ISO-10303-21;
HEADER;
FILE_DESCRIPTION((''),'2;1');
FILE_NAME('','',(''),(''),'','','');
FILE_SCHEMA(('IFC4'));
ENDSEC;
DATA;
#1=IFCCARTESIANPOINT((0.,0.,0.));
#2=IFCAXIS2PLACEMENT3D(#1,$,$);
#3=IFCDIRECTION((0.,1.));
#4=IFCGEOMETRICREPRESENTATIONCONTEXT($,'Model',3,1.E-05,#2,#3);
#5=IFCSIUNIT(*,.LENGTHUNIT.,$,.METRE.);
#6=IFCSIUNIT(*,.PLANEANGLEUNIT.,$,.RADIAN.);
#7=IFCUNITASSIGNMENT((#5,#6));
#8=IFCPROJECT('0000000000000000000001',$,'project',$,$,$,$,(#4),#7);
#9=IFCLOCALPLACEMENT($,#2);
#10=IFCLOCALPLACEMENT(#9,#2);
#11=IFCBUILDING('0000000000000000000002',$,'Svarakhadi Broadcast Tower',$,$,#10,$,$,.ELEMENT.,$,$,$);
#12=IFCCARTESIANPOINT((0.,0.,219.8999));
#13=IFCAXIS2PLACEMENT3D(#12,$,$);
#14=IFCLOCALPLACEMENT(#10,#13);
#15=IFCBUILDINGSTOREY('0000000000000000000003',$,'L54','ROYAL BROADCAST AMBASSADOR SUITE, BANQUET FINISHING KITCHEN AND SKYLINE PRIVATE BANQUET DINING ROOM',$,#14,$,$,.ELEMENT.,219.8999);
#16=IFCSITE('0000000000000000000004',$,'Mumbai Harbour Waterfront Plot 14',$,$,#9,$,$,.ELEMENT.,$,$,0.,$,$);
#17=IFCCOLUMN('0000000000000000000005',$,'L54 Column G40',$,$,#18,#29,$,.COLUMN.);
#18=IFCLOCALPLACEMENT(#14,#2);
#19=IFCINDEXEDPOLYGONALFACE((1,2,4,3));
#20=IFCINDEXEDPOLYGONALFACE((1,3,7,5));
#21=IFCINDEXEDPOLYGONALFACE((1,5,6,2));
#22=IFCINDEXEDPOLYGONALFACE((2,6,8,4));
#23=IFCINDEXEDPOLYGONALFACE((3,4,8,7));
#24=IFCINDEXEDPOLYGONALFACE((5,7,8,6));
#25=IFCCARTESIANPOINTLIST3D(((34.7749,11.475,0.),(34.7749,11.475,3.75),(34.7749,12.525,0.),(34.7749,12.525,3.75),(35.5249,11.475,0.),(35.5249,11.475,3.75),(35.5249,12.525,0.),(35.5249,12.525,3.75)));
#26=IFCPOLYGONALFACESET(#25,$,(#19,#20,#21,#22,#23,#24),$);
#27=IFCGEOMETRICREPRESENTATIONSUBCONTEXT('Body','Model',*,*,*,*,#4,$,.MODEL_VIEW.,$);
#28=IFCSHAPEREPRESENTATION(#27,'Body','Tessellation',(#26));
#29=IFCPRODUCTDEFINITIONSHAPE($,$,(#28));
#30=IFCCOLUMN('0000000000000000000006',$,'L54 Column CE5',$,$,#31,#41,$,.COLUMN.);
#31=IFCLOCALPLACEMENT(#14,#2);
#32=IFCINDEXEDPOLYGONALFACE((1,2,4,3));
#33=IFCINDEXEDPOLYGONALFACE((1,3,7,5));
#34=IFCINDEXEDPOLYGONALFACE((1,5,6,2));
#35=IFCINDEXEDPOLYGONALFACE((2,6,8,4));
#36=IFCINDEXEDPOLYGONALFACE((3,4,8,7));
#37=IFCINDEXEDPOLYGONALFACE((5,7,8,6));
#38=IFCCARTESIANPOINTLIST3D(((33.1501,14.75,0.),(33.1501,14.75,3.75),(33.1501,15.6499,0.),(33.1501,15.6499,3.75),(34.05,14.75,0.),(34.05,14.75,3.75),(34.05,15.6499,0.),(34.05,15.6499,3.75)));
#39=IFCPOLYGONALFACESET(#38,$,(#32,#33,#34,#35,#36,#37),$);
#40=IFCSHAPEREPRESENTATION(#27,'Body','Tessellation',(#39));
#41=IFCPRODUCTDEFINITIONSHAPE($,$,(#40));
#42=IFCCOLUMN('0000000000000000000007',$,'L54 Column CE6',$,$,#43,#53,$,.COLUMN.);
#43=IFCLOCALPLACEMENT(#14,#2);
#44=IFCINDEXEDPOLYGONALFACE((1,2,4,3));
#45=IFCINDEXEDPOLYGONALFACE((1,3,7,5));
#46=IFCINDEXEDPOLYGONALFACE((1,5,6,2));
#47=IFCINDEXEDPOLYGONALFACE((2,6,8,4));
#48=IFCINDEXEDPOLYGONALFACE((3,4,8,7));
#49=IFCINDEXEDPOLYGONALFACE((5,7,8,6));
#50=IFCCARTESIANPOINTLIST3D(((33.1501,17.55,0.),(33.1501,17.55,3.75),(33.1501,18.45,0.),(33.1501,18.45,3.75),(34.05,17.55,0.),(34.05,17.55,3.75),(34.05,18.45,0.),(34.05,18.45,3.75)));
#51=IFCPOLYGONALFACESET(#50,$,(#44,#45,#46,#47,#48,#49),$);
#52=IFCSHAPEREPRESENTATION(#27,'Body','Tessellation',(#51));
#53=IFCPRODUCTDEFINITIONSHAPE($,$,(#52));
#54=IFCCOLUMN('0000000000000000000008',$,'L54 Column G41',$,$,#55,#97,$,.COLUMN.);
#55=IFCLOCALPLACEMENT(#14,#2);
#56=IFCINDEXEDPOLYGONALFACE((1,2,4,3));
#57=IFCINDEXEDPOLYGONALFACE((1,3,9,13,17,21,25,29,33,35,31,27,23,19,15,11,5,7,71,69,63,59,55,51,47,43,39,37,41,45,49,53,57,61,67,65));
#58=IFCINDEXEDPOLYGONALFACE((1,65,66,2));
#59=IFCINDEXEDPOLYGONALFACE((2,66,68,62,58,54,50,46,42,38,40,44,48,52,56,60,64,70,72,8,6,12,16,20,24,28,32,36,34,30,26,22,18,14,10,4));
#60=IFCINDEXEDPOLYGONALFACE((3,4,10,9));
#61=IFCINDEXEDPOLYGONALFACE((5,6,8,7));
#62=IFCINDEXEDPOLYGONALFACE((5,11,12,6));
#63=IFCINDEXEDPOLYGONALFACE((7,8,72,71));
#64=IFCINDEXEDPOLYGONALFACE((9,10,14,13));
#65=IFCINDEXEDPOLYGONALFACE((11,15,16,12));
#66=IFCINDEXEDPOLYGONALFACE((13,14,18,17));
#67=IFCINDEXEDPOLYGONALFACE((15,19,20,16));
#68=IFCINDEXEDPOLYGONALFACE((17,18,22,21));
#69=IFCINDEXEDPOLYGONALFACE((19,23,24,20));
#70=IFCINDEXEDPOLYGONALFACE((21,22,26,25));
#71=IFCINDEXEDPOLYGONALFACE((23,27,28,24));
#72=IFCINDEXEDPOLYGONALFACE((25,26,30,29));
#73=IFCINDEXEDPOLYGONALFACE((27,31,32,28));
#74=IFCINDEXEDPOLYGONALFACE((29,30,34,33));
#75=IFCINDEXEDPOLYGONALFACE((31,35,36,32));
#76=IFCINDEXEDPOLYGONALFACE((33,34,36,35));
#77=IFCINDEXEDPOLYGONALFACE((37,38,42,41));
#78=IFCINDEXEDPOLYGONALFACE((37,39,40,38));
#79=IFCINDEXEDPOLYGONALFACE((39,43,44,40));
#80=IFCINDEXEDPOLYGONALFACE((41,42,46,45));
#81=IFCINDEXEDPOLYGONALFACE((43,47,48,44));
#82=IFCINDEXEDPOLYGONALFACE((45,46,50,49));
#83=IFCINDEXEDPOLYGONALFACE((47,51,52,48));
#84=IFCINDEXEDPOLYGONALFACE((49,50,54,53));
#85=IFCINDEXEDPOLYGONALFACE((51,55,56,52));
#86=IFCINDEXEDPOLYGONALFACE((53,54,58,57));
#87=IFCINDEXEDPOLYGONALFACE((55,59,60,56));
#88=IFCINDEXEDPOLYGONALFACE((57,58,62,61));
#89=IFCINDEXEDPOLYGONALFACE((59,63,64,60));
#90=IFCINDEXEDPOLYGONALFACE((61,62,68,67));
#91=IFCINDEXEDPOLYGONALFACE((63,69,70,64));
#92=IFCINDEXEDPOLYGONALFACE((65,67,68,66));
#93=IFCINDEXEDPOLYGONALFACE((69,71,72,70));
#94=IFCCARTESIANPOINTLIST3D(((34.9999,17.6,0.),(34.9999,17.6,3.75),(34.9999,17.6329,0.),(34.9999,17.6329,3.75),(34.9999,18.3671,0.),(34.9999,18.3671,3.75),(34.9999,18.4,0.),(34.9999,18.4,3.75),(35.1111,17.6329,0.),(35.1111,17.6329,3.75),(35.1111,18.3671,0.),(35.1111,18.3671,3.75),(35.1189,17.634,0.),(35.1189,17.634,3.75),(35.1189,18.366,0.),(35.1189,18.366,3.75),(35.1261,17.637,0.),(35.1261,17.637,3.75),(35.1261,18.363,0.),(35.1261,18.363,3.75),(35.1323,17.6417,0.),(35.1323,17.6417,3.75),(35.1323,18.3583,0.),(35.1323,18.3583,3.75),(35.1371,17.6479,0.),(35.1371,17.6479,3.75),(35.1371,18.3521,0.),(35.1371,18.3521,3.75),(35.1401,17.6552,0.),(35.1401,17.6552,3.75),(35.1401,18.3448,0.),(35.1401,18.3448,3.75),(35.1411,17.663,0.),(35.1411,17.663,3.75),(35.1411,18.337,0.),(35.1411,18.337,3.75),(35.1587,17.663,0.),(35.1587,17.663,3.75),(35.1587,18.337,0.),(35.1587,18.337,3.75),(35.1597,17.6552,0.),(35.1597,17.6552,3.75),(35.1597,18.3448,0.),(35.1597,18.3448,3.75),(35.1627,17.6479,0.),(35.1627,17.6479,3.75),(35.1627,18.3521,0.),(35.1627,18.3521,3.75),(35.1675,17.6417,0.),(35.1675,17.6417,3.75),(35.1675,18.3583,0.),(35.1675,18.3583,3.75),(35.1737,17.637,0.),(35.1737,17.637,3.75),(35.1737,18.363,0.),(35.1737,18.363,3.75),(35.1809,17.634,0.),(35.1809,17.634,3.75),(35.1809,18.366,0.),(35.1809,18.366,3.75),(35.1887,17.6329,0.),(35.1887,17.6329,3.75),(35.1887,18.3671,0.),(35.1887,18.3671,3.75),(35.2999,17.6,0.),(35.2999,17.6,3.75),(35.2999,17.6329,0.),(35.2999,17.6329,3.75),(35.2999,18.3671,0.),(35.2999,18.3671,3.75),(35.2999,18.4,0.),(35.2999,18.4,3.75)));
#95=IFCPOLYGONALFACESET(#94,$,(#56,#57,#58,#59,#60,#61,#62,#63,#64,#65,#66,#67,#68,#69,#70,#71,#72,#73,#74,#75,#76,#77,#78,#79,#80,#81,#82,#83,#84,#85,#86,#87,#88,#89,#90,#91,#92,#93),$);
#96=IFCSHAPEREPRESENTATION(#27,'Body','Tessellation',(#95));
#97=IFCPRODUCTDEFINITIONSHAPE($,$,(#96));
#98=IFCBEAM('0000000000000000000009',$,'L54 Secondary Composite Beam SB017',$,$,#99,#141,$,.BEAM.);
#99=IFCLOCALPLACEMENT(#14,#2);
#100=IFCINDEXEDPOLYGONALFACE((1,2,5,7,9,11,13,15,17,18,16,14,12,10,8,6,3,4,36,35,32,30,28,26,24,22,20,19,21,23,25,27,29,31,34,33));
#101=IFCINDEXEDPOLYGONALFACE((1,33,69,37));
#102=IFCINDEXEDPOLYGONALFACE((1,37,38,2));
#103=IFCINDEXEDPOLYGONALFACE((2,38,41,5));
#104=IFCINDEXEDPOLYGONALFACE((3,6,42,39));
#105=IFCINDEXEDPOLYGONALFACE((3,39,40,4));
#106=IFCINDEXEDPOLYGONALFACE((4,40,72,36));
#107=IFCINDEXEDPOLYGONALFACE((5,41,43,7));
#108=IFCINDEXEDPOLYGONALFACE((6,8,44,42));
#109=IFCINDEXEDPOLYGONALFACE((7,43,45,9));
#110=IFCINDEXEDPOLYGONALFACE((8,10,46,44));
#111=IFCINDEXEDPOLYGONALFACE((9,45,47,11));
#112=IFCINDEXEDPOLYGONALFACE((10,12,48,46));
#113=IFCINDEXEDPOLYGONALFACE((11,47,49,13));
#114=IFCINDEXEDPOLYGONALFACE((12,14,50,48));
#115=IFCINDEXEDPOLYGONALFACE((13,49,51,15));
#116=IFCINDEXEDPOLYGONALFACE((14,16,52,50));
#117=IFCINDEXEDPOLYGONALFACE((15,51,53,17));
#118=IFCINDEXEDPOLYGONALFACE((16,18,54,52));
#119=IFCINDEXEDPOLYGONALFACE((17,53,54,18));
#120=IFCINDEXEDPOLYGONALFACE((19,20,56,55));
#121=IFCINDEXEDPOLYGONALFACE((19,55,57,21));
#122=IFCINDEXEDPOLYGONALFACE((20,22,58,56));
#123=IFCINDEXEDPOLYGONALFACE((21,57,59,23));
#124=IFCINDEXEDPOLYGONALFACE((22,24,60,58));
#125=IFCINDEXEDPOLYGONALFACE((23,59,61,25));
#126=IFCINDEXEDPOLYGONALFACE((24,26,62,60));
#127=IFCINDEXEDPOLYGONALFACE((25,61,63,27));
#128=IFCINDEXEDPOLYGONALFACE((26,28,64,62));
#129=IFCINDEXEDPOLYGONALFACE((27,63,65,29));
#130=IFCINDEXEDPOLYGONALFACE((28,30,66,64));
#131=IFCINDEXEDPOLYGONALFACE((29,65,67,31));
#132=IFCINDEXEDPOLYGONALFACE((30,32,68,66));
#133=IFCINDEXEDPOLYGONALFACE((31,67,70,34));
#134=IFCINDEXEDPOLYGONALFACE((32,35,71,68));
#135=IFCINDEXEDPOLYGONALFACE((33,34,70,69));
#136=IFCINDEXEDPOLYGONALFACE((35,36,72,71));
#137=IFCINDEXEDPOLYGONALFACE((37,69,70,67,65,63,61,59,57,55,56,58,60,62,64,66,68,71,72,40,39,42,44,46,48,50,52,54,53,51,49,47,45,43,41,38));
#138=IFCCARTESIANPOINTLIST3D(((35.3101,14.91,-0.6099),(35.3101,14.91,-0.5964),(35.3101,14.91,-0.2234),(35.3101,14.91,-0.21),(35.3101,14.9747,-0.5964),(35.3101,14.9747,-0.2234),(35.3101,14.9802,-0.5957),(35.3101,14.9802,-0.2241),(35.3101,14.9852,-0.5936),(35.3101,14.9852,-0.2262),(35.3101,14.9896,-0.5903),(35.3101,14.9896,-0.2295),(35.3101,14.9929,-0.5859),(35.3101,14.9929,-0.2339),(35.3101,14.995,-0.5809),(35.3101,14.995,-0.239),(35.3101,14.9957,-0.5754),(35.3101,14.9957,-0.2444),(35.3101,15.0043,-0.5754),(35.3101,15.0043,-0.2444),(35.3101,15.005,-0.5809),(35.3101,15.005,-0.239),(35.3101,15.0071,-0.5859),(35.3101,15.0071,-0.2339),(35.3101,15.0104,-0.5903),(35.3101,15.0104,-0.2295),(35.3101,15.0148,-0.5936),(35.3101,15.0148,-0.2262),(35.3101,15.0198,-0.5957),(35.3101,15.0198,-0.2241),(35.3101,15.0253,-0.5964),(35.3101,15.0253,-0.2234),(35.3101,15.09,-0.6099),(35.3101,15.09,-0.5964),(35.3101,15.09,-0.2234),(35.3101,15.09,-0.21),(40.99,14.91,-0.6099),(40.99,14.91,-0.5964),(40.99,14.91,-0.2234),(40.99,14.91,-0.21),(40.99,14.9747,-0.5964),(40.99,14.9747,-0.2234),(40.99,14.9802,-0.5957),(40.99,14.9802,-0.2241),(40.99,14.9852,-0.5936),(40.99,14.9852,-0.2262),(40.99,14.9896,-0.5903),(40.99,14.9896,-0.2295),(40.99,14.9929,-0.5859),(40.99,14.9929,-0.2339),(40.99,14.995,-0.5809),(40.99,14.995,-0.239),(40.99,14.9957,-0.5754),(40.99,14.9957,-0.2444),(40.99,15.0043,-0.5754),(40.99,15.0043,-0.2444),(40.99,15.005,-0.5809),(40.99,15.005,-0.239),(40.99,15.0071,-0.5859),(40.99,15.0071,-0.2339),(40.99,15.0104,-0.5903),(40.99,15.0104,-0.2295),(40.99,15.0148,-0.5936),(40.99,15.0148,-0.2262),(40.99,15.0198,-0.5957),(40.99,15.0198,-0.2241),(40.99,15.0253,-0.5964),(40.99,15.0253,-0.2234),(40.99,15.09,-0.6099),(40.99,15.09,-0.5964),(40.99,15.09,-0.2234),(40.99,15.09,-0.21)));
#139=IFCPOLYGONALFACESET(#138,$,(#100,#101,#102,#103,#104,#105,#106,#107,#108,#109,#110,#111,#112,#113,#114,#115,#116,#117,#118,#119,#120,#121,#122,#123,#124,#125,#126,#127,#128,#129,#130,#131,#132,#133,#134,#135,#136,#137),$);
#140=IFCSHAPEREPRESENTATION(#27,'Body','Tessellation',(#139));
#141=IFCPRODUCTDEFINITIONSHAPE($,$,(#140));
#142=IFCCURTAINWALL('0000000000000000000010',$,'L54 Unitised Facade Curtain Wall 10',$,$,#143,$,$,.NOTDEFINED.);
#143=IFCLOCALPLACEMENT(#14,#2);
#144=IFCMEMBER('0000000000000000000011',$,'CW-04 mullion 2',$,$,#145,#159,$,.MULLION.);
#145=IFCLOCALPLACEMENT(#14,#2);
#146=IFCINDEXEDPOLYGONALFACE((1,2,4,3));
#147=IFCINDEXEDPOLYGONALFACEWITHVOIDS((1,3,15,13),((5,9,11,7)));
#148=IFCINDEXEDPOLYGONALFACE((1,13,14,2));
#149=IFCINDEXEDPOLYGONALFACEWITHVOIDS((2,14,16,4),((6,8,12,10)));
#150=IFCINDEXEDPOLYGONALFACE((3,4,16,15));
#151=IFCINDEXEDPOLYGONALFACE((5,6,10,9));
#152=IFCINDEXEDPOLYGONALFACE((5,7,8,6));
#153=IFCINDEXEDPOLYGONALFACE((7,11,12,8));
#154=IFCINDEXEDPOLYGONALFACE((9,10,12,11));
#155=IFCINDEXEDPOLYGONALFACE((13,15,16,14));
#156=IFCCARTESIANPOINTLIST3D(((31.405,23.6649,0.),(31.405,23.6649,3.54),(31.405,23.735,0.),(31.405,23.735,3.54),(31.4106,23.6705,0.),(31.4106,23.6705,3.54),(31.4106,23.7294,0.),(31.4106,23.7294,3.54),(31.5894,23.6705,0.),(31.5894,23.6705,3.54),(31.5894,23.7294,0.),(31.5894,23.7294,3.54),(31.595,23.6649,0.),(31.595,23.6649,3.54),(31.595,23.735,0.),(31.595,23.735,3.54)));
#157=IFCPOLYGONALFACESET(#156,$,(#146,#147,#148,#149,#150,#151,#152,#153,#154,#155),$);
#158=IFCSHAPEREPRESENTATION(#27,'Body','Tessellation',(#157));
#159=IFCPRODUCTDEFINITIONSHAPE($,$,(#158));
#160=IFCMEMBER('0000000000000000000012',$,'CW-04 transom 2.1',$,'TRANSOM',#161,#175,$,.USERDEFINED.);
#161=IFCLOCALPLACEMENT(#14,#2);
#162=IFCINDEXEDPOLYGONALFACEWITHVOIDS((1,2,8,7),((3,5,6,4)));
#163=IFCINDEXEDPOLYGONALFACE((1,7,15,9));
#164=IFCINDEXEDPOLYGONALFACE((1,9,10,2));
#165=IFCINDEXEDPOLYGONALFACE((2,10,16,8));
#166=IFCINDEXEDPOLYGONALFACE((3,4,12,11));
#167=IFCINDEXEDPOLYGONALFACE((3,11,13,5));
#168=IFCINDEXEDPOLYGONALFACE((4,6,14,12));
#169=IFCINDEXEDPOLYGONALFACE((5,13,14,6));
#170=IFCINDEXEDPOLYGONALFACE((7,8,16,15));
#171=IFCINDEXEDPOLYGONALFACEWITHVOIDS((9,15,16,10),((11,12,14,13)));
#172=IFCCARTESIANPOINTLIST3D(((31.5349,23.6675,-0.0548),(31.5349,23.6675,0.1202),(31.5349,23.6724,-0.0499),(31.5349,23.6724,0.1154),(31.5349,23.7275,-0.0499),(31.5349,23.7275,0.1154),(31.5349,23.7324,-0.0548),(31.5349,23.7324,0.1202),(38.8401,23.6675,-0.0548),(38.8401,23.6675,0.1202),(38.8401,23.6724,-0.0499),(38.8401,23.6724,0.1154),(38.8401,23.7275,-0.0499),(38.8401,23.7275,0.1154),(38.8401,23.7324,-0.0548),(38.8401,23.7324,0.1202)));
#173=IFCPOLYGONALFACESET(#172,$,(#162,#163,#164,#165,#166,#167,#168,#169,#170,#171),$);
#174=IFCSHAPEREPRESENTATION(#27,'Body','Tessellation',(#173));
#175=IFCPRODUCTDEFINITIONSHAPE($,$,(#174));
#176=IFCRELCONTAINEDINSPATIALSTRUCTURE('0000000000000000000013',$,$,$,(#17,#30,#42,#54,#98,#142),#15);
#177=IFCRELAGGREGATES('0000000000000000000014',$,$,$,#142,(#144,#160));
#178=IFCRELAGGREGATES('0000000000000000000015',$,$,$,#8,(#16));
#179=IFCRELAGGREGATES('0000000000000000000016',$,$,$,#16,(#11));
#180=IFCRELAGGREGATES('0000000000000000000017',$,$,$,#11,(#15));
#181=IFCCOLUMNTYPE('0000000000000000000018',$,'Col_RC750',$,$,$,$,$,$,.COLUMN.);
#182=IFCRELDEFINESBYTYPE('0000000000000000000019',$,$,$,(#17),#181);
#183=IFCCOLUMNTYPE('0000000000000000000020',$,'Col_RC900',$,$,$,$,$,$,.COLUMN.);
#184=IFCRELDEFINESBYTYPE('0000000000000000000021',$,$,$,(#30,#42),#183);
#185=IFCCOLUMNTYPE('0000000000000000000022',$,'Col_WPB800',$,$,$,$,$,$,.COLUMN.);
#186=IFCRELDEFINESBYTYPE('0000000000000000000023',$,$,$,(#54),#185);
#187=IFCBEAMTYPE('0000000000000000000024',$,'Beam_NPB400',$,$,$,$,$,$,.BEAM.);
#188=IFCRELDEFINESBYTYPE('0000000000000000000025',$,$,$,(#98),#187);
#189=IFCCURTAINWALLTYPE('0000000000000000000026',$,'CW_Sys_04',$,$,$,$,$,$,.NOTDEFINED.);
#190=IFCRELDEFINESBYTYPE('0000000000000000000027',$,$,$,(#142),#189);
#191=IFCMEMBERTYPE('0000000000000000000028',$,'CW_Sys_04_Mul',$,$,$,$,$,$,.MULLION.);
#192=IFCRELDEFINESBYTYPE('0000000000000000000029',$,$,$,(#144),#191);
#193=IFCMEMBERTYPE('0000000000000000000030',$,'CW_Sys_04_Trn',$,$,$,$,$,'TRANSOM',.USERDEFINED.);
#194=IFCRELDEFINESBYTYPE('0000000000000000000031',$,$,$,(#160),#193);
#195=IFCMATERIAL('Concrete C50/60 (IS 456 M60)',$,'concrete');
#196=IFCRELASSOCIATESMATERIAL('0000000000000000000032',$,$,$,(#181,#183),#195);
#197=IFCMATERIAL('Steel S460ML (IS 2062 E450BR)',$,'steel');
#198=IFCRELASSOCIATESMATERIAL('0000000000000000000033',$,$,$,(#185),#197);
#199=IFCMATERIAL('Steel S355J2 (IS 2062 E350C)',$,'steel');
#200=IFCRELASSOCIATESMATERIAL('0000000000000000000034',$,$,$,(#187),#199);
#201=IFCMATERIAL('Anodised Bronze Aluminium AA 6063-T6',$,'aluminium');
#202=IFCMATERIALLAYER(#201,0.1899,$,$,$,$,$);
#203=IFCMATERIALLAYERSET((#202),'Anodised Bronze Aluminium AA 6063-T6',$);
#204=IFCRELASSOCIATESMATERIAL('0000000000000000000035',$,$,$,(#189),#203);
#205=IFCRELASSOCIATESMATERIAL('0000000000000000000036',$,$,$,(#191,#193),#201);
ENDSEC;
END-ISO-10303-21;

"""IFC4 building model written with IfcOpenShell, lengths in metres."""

from ifc_helpers import new_model, si_unit, direction, frame, origin, origin_2d, place, context, subcontext, project, spatial, rectangle, hollow_rectangle, i_section, extrude, material, layer, layer_set, material_profile, profile_set, type_object, element, aggregate, save


model = new_model("IFC4")

# Units and contexts
model_context = context("Model", 3, precision=1e-05, world=origin(), true_north=direction((0.0, 1.0)))
body_context = subcontext(model_context, "Body", "Model", "MODEL_VIEW")
ifc_project = project(units=[si_unit("LENGTHUNIT", "METRE"), si_unit("PLANEANGLEUNIT", "RADIAN")], contexts=[model_context])

# Site, building, storey
site_placement = place(None, origin())
site = spatial("IfcSite", under=ifc_project, at=site_placement, Name="Mumbai Harbour Waterfront Plot 14", CompositionType="ELEMENT", RefElevation=0.0)
building_placement = place(site_placement, origin())
building = spatial("IfcBuilding", under=site, at=building_placement, Name="Svarakhadi Broadcast Tower", CompositionType="ELEMENT")
storey_placement = place(building_placement, frame((0.0, 0.0, 219.8999)))
storey = spatial("IfcBuildingStorey", under=building, at=storey_placement, Name="L54", Description="ROYAL BROADCAST AMBASSADOR SUITE, BANQUET FINISHING KITCHEN AND SKYLINE PRIVATE BANQUET DINING ROOM", CompositionType="ELEMENT", Elevation=219.8999)

# Columns
ifc_material_1 = material(Name="Concrete C50/60 (IS 456 M60)", Category="concrete")
ifc_material_profile_1 = material_profile(ifc_material_1, rectangle(XDim=0.75, YDim=1.05, at=origin_2d()), Name="RC 750x1050")
ifc_profile_set_1 = profile_set([ifc_material_profile_1], Name="Concrete C50/60 (IS 456 M60)")
column_type_1 = type_object("IfcColumnType", Name="Col_RC750", PredefinedType="COLUMN", material=ifc_profile_set_1)
column_1_placement = place(storey_placement, frame((35.1499, 12.0, 0.0), z_axis=(0.0, 0.0, 1.0), x_axis=(1.0, 0.0, 0.0)))
element("IfcColumn", 1, at=column_1_placement, inside=storey, type_object=column_type_1, Name="L54 Column G40", PredefinedType="COLUMN", context=body_context, shape_type="SweptSolid", body=[
    extrude(rectangle(XDim=0.75, YDim=1.05, at=origin_2d()), origin(), (0.0, 0.0, 1.0), 3.75),
])
ifc_material_profile_2 = material_profile(ifc_material_1, rectangle(XDim=0.8999, YDim=0.8999, at=origin_2d()), Name="RC 900x900")
ifc_profile_set_2 = profile_set([ifc_material_profile_2], Name="Concrete C50/60 (IS 456 M60)")
column_type_2 = type_object("IfcColumnType", Name="Col_RC900", PredefinedType="COLUMN", material=ifc_profile_set_2)
for number, where, z_axis, x_axis, name in (
    (2, (33.6001, 15.2, 0.0), (0.0, 0.0, 1.0), (1.0, 0.0, 0.0), "L54 Column CE5"),
    (3, (33.6001, 18.0, 0.0), (0.0, 0.0, 1.0), (1.0, 0.0, 0.0), "L54 Column CE6"),
):
    element("IfcColumn", number, at=place(storey_placement, frame(where, z_axis=z_axis, x_axis=x_axis)), inside=storey, type_object=column_type_2, Name=name, PredefinedType="COLUMN", context=body_context, shape_type="SweptSolid", body=[
        extrude(rectangle(XDim=0.8999, YDim=0.8999, at=origin_2d()), origin(), (0.0, 0.0, 1.0), 3.75),
    ])
ifc_material_2 = material(Name="Steel S460ML (IS 2062 E450BR)", Category="steel")
ifc_material_profile_3 = material_profile(ifc_material_2, i_section(OverallWidth=0.3, OverallDepth=0.8, WebThickness=0.0176, FlangeThickness=0.033, FilletRadius=0.03, at=origin_2d()), Name="WPB 800x300x262")
ifc_profile_set_3 = profile_set([ifc_material_profile_3], Name="Steel S460ML (IS 2062 E450BR)")
column_type_3 = type_object("IfcColumnType", Name="Col_WPB800", PredefinedType="COLUMN", material=ifc_profile_set_3)
column_2_placement = place(storey_placement, frame((35.1499, 18.0, 0.0), z_axis=(0.0, 0.0, 1.0), x_axis=(1.0, 0.0, 0.0)))
element("IfcColumn", 4, at=column_2_placement, inside=storey, type_object=column_type_3, Name="L54 Column G41", PredefinedType="COLUMN", context=body_context, shape_type="SweptSolid", body=[
    extrude(i_section(OverallWidth=0.3, OverallDepth=0.8, WebThickness=0.0176, FlangeThickness=0.033, FilletRadius=0.03, at=origin_2d()), origin(), (0.0, 0.0, 1.0), 3.75),
])

# Beam
ifc_material_3 = material(Name="Steel S355J2 (IS 2062 E350C)", Category="steel")
ifc_material_profile_4 = material_profile(ifc_material_3, i_section(OverallWidth=0.1799, OverallDepth=0.3999, WebThickness=0.0085, FlangeThickness=0.0134, FilletRadius=0.021, at=origin_2d()), Name="NPB 400x180x66")
ifc_profile_set_4 = profile_set([ifc_material_profile_4], Name="Steel S355J2 (IS 2062 E350C)")
beam_type_1 = type_object("IfcBeamType", Name="Beam_NPB400", PredefinedType="BEAM", material=ifc_profile_set_4)
beam_1_placement = place(storey_placement, frame((35.3101, 15.0, -0.4099), z_axis=(1.0, 0.0, 0.0), x_axis=(0.0, 1.0, 0.0)))
element("IfcBeam", 5, at=beam_1_placement, inside=storey, type_object=beam_type_1, Name="L54 Secondary Composite Beam SB017", PredefinedType="BEAM", context=body_context, shape_type="SweptSolid", body=[
    extrude(i_section(OverallWidth=0.1799, OverallDepth=0.3999, WebThickness=0.0085, FlangeThickness=0.0134, FilletRadius=0.021, at=origin_2d()), origin(), (0.0, 0.0, 1.0), 5.6799),
])

# Curtain wall, members
ifc_material_4 = material(Name="Anodised Bronze Aluminium AA 6063-T6", Category="aluminium")
ifc_layer_1 = layer(ifc_material_4, 0.1899)
ifc_layer_set_1 = layer_set([ifc_layer_1], Name="Anodised Bronze Aluminium AA 6063-T6")
curtain_wall_type = type_object("IfcCurtainWallType", Name="CW_Sys_04", PredefinedType="NOTDEFINED", material=ifc_layer_set_1)
curtain_wall_placement = place(storey_placement, origin())
curtain_wall = element("IfcCurtainWall", 6, at=curtain_wall_placement, inside=storey, type_object=curtain_wall_type, Name="L54 Unitised Facade Curtain Wall 10", PredefinedType="NOTDEFINED")
ifc_material_profile_5 = material_profile(ifc_material_4, hollow_rectangle(XDim=0.0701, YDim=0.1899, WallThickness=0.0056, at=origin_2d()), Name="ALU MULLION 190x70x6")
ifc_profile_set_5 = profile_set([ifc_material_profile_5], Name="Anodised Bronze Aluminium AA 6063-T6")
member_type_1 = type_object("IfcMemberType", Name="CW_Sys_04_Mul", PredefinedType="MULLION", material=ifc_profile_set_5)
member_1_placement = place(storey_placement, frame((31.5, 23.7, 0.0), z_axis=(0.0, 0.0, 1.0), x_axis=(0.0, 1.0, 0.0)))
member_1 = element("IfcMember", 7, at=member_1_placement, type_object=member_type_1, Name="CW-04 mullion 2", PredefinedType="MULLION", context=body_context, shape_type="SweptSolid", body=[
    extrude(hollow_rectangle(XDim=0.0701, YDim=0.1899, WallThickness=0.0056, at=origin_2d()), origin(), (0.0, 0.0, 1.0), 3.54),
])
ifc_material_profile_6 = material_profile(ifc_material_4, hollow_rectangle(XDim=0.0649, YDim=0.175, WallThickness=0.0049, at=origin_2d()), Name="ALU TRANSOM 175x65x5")
ifc_profile_set_6 = profile_set([ifc_material_profile_6], Name="Anodised Bronze Aluminium AA 6063-T6")
member_type_2 = type_object("IfcMemberType", Name="CW_Sys_04_Trn", ElementType="TRANSOM", PredefinedType="USERDEFINED", material=ifc_profile_set_6)
member_2_placement = place(storey_placement, frame((31.5349, 23.7, 0.0327), z_axis=(1.0, 0.0, 0.0), x_axis=(0.0, 1.0, 0.0)))
member_2 = element("IfcMember", 8, at=member_2_placement, type_object=member_type_2, Name="CW-04 transom 2.1", ObjectType="TRANSOM", PredefinedType="USERDEFINED", context=body_context, shape_type="SweptSolid", body=[
    extrude(hollow_rectangle(XDim=0.0649, YDim=0.175, WallThickness=0.0049, at=origin_2d()), origin(), (0.0, 0.0, 1.0), 7.3052),
])

aggregate(curtain_wall, [member_1, member_2])

save(model, "model.ifc")
